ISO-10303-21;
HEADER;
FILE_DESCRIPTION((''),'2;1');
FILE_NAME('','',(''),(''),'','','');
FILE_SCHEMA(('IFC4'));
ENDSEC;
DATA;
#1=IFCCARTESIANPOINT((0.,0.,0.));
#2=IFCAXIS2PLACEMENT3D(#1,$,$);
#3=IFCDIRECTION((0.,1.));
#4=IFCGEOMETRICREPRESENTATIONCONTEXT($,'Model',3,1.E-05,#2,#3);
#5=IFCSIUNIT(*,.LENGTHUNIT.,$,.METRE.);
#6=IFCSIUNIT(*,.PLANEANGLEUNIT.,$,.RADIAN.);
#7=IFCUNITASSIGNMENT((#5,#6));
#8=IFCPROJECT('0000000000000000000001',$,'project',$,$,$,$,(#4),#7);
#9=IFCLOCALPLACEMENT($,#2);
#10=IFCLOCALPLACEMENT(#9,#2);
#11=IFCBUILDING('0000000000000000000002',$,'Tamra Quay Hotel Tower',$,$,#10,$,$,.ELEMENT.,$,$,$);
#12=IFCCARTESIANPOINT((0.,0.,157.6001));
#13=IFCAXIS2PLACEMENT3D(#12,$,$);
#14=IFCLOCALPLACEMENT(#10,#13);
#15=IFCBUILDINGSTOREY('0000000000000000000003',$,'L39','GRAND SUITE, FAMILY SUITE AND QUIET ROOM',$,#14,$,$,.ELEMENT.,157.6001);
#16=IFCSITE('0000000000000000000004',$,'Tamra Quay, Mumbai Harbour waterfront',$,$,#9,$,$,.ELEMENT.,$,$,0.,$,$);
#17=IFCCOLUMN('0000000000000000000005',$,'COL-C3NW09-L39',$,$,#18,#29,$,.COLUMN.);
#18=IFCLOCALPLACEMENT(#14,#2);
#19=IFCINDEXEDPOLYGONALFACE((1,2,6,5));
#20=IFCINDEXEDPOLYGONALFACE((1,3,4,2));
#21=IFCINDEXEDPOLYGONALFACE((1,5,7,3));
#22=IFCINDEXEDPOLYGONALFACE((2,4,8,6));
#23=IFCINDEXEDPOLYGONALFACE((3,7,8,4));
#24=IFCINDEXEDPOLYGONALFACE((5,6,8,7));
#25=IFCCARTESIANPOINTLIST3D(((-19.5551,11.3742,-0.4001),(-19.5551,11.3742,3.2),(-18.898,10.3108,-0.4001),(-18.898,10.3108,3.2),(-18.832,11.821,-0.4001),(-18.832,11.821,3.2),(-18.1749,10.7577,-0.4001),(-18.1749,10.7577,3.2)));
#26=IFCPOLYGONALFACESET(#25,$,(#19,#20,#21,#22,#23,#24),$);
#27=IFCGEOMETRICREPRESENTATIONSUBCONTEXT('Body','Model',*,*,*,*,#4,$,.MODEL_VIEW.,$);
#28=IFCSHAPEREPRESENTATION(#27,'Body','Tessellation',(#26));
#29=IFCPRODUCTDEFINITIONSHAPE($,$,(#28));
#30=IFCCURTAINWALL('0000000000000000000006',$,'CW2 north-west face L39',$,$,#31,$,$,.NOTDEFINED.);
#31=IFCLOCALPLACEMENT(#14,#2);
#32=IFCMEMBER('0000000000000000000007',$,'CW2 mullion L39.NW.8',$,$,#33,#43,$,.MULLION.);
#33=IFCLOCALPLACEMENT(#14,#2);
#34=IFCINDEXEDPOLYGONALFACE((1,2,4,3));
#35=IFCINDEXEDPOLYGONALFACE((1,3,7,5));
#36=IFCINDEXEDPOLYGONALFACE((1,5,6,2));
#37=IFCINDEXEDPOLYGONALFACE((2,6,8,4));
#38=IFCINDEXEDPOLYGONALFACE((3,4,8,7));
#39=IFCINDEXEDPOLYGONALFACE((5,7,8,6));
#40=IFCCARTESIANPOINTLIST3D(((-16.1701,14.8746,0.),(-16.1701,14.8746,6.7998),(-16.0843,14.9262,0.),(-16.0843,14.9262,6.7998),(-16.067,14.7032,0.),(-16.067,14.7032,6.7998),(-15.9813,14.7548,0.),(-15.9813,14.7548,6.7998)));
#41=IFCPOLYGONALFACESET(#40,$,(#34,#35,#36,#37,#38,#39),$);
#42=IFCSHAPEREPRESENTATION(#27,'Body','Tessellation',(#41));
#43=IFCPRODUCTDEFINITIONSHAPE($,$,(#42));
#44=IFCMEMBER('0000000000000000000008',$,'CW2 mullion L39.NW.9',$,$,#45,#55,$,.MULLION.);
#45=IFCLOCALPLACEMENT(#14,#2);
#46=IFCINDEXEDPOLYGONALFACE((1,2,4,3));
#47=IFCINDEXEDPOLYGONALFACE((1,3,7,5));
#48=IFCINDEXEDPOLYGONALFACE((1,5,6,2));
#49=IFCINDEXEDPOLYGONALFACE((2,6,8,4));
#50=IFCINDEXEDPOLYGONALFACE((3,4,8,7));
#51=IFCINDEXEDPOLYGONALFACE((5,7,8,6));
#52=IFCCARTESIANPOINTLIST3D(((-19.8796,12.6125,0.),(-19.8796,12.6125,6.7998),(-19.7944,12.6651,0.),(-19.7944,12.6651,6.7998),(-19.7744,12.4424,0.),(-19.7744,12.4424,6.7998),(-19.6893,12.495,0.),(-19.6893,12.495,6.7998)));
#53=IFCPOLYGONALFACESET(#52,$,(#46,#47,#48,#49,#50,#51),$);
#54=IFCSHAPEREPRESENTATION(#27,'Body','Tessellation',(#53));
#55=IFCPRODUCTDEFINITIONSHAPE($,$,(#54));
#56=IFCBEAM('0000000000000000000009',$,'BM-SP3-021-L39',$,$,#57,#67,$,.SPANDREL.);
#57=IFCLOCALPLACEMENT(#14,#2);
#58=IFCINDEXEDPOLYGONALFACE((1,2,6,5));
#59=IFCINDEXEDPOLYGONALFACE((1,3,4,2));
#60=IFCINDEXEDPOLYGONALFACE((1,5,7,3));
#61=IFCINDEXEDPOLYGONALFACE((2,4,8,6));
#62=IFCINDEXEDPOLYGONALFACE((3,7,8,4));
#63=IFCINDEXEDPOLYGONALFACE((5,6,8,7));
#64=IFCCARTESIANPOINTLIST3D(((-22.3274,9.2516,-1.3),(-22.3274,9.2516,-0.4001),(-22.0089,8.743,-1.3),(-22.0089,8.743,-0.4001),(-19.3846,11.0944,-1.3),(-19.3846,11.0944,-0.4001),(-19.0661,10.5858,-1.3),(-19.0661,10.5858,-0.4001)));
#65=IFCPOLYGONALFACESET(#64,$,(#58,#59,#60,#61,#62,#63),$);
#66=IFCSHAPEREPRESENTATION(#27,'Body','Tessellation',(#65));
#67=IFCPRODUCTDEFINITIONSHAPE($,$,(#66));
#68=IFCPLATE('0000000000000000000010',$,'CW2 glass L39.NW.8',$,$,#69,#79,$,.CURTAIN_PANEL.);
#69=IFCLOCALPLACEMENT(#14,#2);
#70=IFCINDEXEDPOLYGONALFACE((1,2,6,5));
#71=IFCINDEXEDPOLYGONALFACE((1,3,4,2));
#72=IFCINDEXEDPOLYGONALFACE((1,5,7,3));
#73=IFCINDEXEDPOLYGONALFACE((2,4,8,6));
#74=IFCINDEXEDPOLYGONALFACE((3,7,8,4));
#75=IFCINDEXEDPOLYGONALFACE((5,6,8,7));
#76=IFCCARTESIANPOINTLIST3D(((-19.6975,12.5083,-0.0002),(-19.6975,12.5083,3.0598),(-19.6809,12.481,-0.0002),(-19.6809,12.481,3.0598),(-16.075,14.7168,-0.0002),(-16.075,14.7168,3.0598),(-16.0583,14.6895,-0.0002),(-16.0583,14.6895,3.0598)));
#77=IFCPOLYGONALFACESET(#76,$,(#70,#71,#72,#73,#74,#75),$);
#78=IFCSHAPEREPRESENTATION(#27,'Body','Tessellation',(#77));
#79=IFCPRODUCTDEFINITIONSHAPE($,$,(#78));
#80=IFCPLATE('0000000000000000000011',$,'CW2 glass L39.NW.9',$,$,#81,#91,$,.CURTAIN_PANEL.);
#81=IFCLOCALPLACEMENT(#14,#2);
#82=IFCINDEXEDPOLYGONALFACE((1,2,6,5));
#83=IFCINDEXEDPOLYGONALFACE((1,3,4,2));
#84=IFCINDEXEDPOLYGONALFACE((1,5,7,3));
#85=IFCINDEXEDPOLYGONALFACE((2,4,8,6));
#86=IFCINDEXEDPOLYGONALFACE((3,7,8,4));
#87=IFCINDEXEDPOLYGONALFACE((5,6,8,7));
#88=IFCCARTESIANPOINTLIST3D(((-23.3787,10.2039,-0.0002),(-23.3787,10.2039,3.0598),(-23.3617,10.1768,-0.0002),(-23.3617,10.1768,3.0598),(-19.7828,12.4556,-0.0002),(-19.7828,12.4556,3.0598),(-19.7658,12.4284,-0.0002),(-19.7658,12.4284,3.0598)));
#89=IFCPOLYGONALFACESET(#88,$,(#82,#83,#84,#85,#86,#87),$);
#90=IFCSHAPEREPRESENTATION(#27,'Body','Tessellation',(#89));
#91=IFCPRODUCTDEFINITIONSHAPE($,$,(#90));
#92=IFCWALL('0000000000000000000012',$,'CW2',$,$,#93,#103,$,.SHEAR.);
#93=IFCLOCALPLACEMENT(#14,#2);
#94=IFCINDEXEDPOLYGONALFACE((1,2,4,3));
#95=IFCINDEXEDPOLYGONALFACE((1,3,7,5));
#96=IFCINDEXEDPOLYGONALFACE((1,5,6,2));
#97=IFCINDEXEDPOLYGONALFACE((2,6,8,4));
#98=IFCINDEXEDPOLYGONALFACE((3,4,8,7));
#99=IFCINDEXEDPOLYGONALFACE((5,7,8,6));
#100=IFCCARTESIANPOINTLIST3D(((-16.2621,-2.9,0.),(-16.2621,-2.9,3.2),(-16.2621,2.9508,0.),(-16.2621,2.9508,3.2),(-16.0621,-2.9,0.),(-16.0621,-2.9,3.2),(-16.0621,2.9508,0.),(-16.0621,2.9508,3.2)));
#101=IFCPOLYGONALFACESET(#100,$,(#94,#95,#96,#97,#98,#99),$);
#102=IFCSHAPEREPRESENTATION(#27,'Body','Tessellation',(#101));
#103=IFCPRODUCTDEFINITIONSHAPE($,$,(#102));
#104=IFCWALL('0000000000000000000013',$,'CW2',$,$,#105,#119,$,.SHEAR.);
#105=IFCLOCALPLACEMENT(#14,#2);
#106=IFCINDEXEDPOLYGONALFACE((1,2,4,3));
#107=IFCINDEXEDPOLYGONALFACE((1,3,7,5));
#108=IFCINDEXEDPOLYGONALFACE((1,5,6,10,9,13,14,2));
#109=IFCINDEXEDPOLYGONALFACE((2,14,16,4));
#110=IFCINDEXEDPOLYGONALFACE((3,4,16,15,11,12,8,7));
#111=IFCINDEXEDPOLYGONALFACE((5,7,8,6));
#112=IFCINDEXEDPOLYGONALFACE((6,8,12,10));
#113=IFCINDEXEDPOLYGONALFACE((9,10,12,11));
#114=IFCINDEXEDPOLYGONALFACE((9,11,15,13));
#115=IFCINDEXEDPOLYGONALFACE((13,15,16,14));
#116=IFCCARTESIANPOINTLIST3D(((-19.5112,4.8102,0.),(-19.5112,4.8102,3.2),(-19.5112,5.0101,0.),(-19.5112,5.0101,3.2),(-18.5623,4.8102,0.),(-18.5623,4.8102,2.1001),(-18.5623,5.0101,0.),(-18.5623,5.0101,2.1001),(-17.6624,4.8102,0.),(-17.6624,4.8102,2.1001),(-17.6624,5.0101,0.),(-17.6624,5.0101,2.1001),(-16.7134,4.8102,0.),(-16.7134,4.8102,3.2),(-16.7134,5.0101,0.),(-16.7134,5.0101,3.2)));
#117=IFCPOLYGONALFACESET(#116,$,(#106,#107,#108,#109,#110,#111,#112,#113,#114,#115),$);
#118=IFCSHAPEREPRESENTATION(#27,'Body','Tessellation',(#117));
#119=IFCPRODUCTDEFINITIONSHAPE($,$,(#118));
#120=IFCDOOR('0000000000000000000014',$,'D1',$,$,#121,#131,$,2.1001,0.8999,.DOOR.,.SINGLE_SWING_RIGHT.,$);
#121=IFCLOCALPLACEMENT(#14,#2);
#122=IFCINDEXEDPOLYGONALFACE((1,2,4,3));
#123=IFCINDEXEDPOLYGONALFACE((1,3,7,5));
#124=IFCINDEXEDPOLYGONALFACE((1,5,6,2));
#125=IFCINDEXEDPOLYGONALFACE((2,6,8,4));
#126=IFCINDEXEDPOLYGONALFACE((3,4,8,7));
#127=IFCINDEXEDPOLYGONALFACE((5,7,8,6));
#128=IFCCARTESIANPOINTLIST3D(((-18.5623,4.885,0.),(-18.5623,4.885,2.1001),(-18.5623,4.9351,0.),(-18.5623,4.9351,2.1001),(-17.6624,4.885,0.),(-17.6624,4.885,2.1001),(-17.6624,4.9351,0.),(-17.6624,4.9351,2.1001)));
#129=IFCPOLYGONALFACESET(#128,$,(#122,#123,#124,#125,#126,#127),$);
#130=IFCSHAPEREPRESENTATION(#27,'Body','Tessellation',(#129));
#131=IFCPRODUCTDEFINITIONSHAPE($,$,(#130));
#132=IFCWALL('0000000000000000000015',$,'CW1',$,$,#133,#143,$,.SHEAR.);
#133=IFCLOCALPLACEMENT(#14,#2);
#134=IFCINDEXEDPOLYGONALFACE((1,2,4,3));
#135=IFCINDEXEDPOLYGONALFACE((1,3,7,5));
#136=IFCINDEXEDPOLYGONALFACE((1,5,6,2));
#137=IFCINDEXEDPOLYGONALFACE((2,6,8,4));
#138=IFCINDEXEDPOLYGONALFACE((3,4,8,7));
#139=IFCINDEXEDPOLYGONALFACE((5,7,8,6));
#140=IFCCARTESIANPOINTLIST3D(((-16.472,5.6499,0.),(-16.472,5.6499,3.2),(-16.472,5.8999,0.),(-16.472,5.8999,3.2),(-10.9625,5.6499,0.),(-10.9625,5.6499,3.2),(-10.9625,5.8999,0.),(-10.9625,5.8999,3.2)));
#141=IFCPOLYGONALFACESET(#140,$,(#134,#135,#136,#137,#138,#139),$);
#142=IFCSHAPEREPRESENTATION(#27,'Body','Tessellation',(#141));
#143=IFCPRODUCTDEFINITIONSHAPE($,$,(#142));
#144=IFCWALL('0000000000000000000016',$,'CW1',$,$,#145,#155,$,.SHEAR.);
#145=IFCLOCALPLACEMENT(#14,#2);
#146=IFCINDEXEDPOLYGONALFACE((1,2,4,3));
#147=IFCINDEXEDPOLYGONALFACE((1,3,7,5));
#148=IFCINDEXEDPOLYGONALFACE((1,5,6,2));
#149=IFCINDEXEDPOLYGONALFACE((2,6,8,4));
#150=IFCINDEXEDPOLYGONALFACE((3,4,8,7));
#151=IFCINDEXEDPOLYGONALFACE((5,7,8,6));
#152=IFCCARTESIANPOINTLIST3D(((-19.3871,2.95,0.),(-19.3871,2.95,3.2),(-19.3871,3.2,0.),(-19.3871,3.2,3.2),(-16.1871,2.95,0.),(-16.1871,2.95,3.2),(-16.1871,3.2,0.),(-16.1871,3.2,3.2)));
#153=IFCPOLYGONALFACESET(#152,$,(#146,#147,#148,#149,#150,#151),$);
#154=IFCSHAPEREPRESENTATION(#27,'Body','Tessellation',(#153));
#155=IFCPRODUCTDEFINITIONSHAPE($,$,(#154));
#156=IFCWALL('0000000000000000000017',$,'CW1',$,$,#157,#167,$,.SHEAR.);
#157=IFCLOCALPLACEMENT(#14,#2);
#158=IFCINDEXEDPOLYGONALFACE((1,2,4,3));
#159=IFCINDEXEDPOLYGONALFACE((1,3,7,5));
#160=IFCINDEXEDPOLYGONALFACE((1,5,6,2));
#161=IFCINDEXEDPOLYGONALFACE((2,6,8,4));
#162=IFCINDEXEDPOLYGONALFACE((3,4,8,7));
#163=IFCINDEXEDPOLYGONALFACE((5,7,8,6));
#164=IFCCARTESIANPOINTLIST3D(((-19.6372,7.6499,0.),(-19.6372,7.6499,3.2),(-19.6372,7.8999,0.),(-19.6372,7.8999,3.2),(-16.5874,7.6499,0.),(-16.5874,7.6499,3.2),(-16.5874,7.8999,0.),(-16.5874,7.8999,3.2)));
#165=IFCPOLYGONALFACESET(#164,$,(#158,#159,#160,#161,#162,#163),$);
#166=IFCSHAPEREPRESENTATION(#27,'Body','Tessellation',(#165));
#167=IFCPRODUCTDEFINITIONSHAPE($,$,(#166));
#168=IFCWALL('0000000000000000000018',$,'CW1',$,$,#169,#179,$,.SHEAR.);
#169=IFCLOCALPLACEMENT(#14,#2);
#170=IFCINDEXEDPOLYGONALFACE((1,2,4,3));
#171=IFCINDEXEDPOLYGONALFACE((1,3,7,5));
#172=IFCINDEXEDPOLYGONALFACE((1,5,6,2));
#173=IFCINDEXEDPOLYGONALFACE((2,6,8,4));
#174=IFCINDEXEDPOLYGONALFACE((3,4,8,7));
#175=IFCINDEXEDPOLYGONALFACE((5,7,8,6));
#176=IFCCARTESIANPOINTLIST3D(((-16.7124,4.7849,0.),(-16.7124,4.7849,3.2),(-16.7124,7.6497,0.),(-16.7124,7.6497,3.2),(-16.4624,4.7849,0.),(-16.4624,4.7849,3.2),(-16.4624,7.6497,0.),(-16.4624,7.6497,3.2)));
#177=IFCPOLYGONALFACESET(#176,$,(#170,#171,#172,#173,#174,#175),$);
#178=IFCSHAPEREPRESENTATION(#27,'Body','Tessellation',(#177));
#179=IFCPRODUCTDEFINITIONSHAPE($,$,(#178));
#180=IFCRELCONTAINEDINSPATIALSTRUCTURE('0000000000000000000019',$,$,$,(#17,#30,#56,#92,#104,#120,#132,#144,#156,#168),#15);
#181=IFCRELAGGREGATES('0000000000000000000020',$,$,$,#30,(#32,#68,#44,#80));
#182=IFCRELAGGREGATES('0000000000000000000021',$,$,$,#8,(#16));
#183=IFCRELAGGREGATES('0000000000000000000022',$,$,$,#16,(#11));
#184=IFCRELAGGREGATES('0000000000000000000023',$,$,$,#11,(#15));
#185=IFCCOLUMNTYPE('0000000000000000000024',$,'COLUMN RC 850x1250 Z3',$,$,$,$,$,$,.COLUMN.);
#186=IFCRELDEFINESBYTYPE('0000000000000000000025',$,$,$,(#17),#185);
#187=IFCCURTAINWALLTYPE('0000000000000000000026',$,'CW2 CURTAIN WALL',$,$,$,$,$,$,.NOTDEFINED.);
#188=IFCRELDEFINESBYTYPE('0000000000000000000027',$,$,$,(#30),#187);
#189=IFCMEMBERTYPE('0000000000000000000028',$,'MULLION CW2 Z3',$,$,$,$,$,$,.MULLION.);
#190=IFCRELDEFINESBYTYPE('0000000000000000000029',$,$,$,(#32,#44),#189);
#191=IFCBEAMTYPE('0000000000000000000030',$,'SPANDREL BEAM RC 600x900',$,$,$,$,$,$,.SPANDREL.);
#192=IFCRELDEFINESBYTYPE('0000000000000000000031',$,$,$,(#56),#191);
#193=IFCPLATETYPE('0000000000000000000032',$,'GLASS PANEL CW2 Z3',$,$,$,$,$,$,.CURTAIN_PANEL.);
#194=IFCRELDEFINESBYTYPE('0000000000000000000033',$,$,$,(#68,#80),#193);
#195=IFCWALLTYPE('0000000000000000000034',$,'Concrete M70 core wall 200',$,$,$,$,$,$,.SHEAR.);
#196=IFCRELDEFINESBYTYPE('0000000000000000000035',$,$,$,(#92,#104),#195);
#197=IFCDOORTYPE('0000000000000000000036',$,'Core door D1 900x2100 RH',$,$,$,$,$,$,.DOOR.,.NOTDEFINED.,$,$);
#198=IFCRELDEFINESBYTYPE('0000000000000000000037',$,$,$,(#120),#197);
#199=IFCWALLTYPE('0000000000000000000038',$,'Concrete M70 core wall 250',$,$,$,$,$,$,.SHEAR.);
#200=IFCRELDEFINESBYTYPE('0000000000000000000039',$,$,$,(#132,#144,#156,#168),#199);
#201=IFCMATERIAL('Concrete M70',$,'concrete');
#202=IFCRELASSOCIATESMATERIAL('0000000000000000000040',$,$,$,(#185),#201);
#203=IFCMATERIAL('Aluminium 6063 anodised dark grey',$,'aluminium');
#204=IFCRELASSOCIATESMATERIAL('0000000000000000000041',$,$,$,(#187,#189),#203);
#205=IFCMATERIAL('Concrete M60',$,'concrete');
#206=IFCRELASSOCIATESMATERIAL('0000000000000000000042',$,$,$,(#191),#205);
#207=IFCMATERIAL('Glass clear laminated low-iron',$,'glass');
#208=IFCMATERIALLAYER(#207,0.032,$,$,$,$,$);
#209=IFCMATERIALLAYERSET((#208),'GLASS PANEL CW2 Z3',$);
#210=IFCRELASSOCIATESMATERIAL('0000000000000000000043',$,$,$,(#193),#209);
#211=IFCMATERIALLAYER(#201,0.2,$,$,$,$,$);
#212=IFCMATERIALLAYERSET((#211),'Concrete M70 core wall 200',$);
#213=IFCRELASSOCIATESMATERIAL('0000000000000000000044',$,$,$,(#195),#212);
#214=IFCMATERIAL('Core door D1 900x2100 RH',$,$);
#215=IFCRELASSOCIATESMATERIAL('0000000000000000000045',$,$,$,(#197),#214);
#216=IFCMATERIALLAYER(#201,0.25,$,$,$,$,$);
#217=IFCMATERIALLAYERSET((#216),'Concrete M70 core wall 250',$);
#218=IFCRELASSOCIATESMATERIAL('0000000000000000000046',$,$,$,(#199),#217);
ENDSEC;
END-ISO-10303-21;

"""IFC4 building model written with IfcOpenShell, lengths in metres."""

from ifc_helpers import new_model, si_unit, direction, frame, frame_2d, origin, origin_2d, place, context, subcontext, project, spatial, rectangle, extrude, material, layer, layer_set, material_profile, profile_set, type_object, element, fill, aggregate, save


model = new_model("IFC4")

# Units and contexts
model_context = context("Model", 3, precision=1e-05, world=origin(), true_north=direction((0.0, 1.0)))
body_context = subcontext(model_context, "Body", "Model", "MODEL_VIEW")
ifc_project = project(units=[si_unit("LENGTHUNIT", "METRE"), si_unit("PLANEANGLEUNIT", "RADIAN")], contexts=[model_context])

# Site, building, storey
site_placement = place(None, origin())
site = spatial("IfcSite", under=ifc_project, at=site_placement, Name="Tamra Quay, Mumbai Harbour waterfront", CompositionType="ELEMENT", RefElevation=0.0)
building_placement = place(site_placement, origin())
building = spatial("IfcBuilding", under=site, at=building_placement, Name="Tamra Quay Hotel Tower", CompositionType="ELEMENT")
storey_placement = place(building_placement, frame((0.0, 0.0, 157.6001)))
storey = spatial("IfcBuildingStorey", under=building, at=storey_placement, Name="L39", Description="GRAND SUITE, FAMILY SUITE AND QUIET ROOM", CompositionType="ELEMENT", Elevation=157.6001)

# Column
ifc_material_1 = material(Name="Concrete M70", Category="concrete")
ifc_material_profile_1 = material_profile(ifc_material_1, rectangle(XDim=1.25, YDim=0.8501, at=origin_2d()), Name="COLUMN RC 850x1250 Z3")
ifc_profile_set_1 = profile_set([ifc_material_profile_1], Name="Concrete M70")
column_type = type_object("IfcColumnType", Name="COLUMN RC 850x1250 Z3", PredefinedType="COLUMN", material=ifc_profile_set_1)
column_placement = place(storey_placement, frame((-18.865, 11.0659, -0.4001), z_axis=(0.0, 0.0, 1.0), x_axis=(-0.525677, 0.850685, 0.0)))
element("IfcColumn", 1, at=column_placement, inside=storey, type_object=column_type, Name="COL-C3NW09-L39", PredefinedType="COLUMN", context=body_context, shape_type="SweptSolid", body=[
    extrude(rectangle(XDim=1.25, YDim=0.8501, at=origin_2d()), origin(), (0.0, 0.0, 1.0), 3.6001),
])

# Curtain wall, members
ifc_material_2 = material(Name="Aluminium 6063 anodised dark grey", Category="aluminium")
curtain_wall_type = type_object("IfcCurtainWallType", Name="CW2 CURTAIN WALL", PredefinedType="NOTDEFINED", material=ifc_material_2)
curtain_wall_placement = place(storey_placement, origin())
curtain_wall = element("IfcCurtainWall", 2, at=curtain_wall_placement, inside=storey, type_object=curtain_wall_type, Name="CW2 north-west face L39", PredefinedType="NOTDEFINED")
ifc_material_profile_2 = material_profile(ifc_material_2, rectangle(XDim=0.2, YDim=0.1001, at=origin_2d()), Name="MULLION 100X200")
ifc_profile_set_2 = profile_set([ifc_material_profile_2], Name="Aluminium 6063 anodised dark grey")
member_type = type_object("IfcMemberType", Name="MULLION CW2 Z3", PredefinedType="MULLION", material=ifc_profile_set_2)
member_1_placement = place(storey_placement, frame((-16.0757, 14.8147, 0.0), z_axis=(0.0, 0.0, 1.0), x_axis=(-0.515445, 0.856923, 0.0)))
member_1 = element("IfcMember", 3, at=member_1_placement, type_object=member_type, Name="CW2 mullion L39.NW.8", PredefinedType="MULLION", context=body_context, shape_type="SweptSolid", body=[
    extrude(rectangle(XDim=0.2, YDim=0.1001, at=origin_2d()), origin(), (0.0, 0.0, 1.0), 6.7998),
])
member_2_placement = place(storey_placement, frame((-19.7844, 12.5537, 0.0), z_axis=(0.0, 0.0, 1.0), x_axis=(-0.525646, 0.850703, 0.0)))
member_2 = element("IfcMember", 4, at=member_2_placement, type_object=member_type, Name="CW2 mullion L39.NW.9", PredefinedType="MULLION", context=body_context, shape_type="SweptSolid", body=[
    extrude(rectangle(XDim=0.2, YDim=0.1001, at=origin_2d()), origin(), (0.0, 0.0, 1.0), 6.7998),
])

# Beam
ifc_material_3 = material(Name="Concrete M60", Category="concrete")
ifc_material_profile_3 = material_profile(ifc_material_3, rectangle(XDim=0.6001, YDim=0.8999, at=origin_2d()), Name="SPANDREL BEAM RC 600x900")
ifc_profile_set_3 = profile_set([ifc_material_profile_3], Name="Concrete M60")
beam_type = type_object("IfcBeamType", Name="SPANDREL BEAM RC 600x900", PredefinedType="SPANDREL", material=ifc_profile_set_3)
beam_placement = place(storey_placement, frame((-19.2253, 10.8401, -0.8501), z_axis=(-0.847548, -0.530719, 0.0), x_axis=(0.530719, -0.847548, 0.0)))
element("IfcBeam", 5, at=beam_placement, inside=storey, type_object=beam_type, Name="BM-SP3-021-L39", PredefinedType="SPANDREL", context=body_context, shape_type="SweptSolid", body=[
    extrude(rectangle(XDim=0.6001, YDim=0.8999, at=origin_2d()), origin(), (0.0, 0.0, 1.0), 3.4722),
])

# Plates
ifc_material_4 = material(Name="Glass clear laminated low-iron", Category="glass")
ifc_layer_1 = layer(ifc_material_4, 0.032)
ifc_layer_set_1 = layer_set([ifc_layer_1], Name="GLASS PANEL CW2 Z3")
plate_type = type_object("IfcPlateType", Name="GLASS PANEL CW2 Z3", PredefinedType="CURTAIN_PANEL", material=ifc_layer_set_1)
plate_1_placement = place(storey_placement, frame((-17.8779, 13.5989, -0.0002), z_axis=(0.0, 0.0, 1.0), x_axis=(-0.85383, -0.520552, 0.0)))
plate_1 = element("IfcPlate", 6, at=plate_1_placement, type_object=plate_type, Name="CW2 glass L39.NW.8", PredefinedType="CURTAIN_PANEL", context=body_context, shape_type="SweptSolid", body=[
    extrude(rectangle(XDim=4.2427, YDim=0.032, at=origin_2d()), origin(), (0.0, 0.0, 1.0), 3.0601),
])
plate_2_placement = place(storey_placement, frame((-21.5723, 11.3162, -0.0002), z_axis=(0.0, 0.0, 1.0), x_axis=(-0.847546, -0.530721, 0.0)))
plate_2 = element("IfcPlate", 7, at=plate_2_placement, type_object=plate_type, Name="CW2 glass L39.NW.9", PredefinedType="CURTAIN_PANEL", context=body_context, shape_type="SweptSolid", body=[
    extrude(rectangle(XDim=4.2427, YDim=0.032, at=origin_2d()), origin(), (0.0, 0.0, 1.0), 3.0601),
])
aggregate(curtain_wall, [member_1, plate_1, member_2, plate_2])

# Wall
ifc_layer_2 = layer(ifc_material_1, 0.2)
ifc_layer_set_2 = layer_set([ifc_layer_2], Name="Concrete M70 core wall 200")
wall_type_1 = type_object("IfcWallType", Name="Concrete M70 core wall 200", PredefinedType="SHEAR", material=ifc_layer_set_2)
wall_1_placement = place(storey_placement, frame((-16.1621, 2.9507, 0.0), z_axis=(0.0, 0.0, 1.0), x_axis=(0.0, -1.0, 0.0)))
element("IfcWall", 8, at=wall_1_placement, inside=storey, type_object=wall_type_1, Name="CW2", PredefinedType="SHEAR", context=body_context, shape_type="SweptSolid", body=[
    extrude(rectangle(XDim=5.8508, YDim=0.2, at=frame_2d((2.9253, 0.0))), origin(), (0.0, 0.0, 1.0), 3.2),
])

# Wall, opening, door
wall_2_placement = place(storey_placement, frame((-19.5112, 4.9102, 0.0), z_axis=(0.0, 0.0, 1.0), x_axis=(1.0, 0.0, 0.0)))
wall_2 = element("IfcWall", 9, at=wall_2_placement, inside=storey, type_object=wall_type_1, Name="CW2", PredefinedType="SHEAR", context=body_context, shape_type="SweptSolid", body=[
    extrude(rectangle(XDim=2.7979, YDim=0.2, at=frame_2d((1.3989, 0.0))), origin(), (0.0, 0.0, 1.0), 3.2),
])
opening_1_placement = place(wall_2_placement, frame((0.949, 0.0, 0.0)))
opening_1 = element("IfcOpeningElement", 10, at=opening_1_placement, cuts=wall_2, PredefinedType="OPENING", context=body_context, shape_type="SweptSolid", body=[
    extrude(rectangle(XDim=0.8999, YDim=2.1001, at=frame_2d((0.45, 1.05))), frame((0.0, 0.1099, 0.0), z_axis=(0.0, -1.0, 0.0), x_axis=(1.0, 0.0, 0.0)), (0.0, 0.0, 1.0), 0.22),
])
ifc_material_5 = material(Name="Core door D1 900x2100 RH")
door_type_1 = type_object("IfcDoorType", Name="Core door D1 900x2100 RH", OperationType="NOTDEFINED", PredefinedType="DOOR", material=ifc_material_5)
door_1_placement = place(opening_1_placement, origin())
door_1 = element("IfcDoor", 11, at=door_1_placement, inside=storey, type_object=door_type_1, Name="D1", OperationType="SINGLE_SWING_RIGHT", OverallHeight=2.1001, OverallWidth=0.8999, PredefinedType="DOOR", context=body_context, shape_type="SweptSolid", body=[
    extrude(rectangle(XDim=0.8999, YDim=2.1001, at=frame_2d((0.45, 1.05))), frame((0.0, 0.0249, 0.0), z_axis=(0.0, -1.0, 0.0), x_axis=(1.0, 0.0, 0.0)), (0.0, 0.0, 1.0), 0.05),
])
fill(opening_1, door_1)

# Walls
ifc_layer_3 = layer(ifc_material_1, 0.25)
ifc_layer_set_3 = layer_set([ifc_layer_3], Name="Concrete M70 core wall 250")
wall_type_2 = type_object("IfcWallType", Name="Concrete M70 core wall 250", PredefinedType="SHEAR", material=ifc_layer_set_3)
wall_3_placement = place(storey_placement, frame((-16.4722, 5.7749, 0.0), z_axis=(0.0, 0.0, 1.0), x_axis=(1.0, 0.0, 0.0)))
element("IfcWall", 12, at=wall_3_placement, inside=storey, type_object=wall_type_2, Name="CW1", PredefinedType="SHEAR", context=body_context, shape_type="SweptSolid", body=[
    extrude(rectangle(XDim=5.5095, YDim=0.25, at=frame_2d((2.7549, 0.0))), origin(), (0.0, 0.0, 1.0), 3.2),
])
wall_4_placement = place(storey_placement, frame((-19.3872, 3.075, 0.0), z_axis=(0.0, 0.0, 1.0), x_axis=(1.0, 0.0, 0.0)))
element("IfcWall", 13, at=wall_4_placement, inside=storey, type_object=wall_type_2, Name="CW1", PredefinedType="SHEAR", context=body_context, shape_type="SweptSolid", body=[
    extrude(rectangle(XDim=3.2, YDim=0.25, at=frame_2d((1.6001, 0.0))), origin(), (0.0, 0.0, 1.0), 3.2),
])
wall_5_placement = place(storey_placement, frame((-19.6372, 7.7749, 0.0), z_axis=(0.0, 0.0, 1.0), x_axis=(1.0, 0.0, 0.0)))
element("IfcWall", 14, at=wall_5_placement, inside=storey, type_object=wall_type_2, Name="CW1", PredefinedType="SHEAR", context=body_context, shape_type="SweptSolid", body=[
    extrude(rectangle(XDim=3.0498, YDim=0.25, at=frame_2d((1.5249, 0.0))), origin(), (0.0, 0.0, 1.0), 3.2),
])
for number, where, z_axis, x_axis, name in (
    (15, (-16.5874, 7.6497, 0.0), (0.0, 0.0, 1.0), (0.0, -1.0, 0.0), "CW1"),
):
    element("IfcWall", number, at=place(storey_placement, frame(where, z_axis=z_axis, x_axis=x_axis)), inside=storey, type_object=wall_type_2, Name=name, PredefinedType="SHEAR", context=body_context, shape_type="SweptSolid", body=[
        extrude(rectangle(XDim=2.8647, YDim=0.25, at=frame_2d((1.4324, 0.0))), origin(), (0.0, 0.0, 1.0), 3.2),
    ])

save(model, "model.ifc")
